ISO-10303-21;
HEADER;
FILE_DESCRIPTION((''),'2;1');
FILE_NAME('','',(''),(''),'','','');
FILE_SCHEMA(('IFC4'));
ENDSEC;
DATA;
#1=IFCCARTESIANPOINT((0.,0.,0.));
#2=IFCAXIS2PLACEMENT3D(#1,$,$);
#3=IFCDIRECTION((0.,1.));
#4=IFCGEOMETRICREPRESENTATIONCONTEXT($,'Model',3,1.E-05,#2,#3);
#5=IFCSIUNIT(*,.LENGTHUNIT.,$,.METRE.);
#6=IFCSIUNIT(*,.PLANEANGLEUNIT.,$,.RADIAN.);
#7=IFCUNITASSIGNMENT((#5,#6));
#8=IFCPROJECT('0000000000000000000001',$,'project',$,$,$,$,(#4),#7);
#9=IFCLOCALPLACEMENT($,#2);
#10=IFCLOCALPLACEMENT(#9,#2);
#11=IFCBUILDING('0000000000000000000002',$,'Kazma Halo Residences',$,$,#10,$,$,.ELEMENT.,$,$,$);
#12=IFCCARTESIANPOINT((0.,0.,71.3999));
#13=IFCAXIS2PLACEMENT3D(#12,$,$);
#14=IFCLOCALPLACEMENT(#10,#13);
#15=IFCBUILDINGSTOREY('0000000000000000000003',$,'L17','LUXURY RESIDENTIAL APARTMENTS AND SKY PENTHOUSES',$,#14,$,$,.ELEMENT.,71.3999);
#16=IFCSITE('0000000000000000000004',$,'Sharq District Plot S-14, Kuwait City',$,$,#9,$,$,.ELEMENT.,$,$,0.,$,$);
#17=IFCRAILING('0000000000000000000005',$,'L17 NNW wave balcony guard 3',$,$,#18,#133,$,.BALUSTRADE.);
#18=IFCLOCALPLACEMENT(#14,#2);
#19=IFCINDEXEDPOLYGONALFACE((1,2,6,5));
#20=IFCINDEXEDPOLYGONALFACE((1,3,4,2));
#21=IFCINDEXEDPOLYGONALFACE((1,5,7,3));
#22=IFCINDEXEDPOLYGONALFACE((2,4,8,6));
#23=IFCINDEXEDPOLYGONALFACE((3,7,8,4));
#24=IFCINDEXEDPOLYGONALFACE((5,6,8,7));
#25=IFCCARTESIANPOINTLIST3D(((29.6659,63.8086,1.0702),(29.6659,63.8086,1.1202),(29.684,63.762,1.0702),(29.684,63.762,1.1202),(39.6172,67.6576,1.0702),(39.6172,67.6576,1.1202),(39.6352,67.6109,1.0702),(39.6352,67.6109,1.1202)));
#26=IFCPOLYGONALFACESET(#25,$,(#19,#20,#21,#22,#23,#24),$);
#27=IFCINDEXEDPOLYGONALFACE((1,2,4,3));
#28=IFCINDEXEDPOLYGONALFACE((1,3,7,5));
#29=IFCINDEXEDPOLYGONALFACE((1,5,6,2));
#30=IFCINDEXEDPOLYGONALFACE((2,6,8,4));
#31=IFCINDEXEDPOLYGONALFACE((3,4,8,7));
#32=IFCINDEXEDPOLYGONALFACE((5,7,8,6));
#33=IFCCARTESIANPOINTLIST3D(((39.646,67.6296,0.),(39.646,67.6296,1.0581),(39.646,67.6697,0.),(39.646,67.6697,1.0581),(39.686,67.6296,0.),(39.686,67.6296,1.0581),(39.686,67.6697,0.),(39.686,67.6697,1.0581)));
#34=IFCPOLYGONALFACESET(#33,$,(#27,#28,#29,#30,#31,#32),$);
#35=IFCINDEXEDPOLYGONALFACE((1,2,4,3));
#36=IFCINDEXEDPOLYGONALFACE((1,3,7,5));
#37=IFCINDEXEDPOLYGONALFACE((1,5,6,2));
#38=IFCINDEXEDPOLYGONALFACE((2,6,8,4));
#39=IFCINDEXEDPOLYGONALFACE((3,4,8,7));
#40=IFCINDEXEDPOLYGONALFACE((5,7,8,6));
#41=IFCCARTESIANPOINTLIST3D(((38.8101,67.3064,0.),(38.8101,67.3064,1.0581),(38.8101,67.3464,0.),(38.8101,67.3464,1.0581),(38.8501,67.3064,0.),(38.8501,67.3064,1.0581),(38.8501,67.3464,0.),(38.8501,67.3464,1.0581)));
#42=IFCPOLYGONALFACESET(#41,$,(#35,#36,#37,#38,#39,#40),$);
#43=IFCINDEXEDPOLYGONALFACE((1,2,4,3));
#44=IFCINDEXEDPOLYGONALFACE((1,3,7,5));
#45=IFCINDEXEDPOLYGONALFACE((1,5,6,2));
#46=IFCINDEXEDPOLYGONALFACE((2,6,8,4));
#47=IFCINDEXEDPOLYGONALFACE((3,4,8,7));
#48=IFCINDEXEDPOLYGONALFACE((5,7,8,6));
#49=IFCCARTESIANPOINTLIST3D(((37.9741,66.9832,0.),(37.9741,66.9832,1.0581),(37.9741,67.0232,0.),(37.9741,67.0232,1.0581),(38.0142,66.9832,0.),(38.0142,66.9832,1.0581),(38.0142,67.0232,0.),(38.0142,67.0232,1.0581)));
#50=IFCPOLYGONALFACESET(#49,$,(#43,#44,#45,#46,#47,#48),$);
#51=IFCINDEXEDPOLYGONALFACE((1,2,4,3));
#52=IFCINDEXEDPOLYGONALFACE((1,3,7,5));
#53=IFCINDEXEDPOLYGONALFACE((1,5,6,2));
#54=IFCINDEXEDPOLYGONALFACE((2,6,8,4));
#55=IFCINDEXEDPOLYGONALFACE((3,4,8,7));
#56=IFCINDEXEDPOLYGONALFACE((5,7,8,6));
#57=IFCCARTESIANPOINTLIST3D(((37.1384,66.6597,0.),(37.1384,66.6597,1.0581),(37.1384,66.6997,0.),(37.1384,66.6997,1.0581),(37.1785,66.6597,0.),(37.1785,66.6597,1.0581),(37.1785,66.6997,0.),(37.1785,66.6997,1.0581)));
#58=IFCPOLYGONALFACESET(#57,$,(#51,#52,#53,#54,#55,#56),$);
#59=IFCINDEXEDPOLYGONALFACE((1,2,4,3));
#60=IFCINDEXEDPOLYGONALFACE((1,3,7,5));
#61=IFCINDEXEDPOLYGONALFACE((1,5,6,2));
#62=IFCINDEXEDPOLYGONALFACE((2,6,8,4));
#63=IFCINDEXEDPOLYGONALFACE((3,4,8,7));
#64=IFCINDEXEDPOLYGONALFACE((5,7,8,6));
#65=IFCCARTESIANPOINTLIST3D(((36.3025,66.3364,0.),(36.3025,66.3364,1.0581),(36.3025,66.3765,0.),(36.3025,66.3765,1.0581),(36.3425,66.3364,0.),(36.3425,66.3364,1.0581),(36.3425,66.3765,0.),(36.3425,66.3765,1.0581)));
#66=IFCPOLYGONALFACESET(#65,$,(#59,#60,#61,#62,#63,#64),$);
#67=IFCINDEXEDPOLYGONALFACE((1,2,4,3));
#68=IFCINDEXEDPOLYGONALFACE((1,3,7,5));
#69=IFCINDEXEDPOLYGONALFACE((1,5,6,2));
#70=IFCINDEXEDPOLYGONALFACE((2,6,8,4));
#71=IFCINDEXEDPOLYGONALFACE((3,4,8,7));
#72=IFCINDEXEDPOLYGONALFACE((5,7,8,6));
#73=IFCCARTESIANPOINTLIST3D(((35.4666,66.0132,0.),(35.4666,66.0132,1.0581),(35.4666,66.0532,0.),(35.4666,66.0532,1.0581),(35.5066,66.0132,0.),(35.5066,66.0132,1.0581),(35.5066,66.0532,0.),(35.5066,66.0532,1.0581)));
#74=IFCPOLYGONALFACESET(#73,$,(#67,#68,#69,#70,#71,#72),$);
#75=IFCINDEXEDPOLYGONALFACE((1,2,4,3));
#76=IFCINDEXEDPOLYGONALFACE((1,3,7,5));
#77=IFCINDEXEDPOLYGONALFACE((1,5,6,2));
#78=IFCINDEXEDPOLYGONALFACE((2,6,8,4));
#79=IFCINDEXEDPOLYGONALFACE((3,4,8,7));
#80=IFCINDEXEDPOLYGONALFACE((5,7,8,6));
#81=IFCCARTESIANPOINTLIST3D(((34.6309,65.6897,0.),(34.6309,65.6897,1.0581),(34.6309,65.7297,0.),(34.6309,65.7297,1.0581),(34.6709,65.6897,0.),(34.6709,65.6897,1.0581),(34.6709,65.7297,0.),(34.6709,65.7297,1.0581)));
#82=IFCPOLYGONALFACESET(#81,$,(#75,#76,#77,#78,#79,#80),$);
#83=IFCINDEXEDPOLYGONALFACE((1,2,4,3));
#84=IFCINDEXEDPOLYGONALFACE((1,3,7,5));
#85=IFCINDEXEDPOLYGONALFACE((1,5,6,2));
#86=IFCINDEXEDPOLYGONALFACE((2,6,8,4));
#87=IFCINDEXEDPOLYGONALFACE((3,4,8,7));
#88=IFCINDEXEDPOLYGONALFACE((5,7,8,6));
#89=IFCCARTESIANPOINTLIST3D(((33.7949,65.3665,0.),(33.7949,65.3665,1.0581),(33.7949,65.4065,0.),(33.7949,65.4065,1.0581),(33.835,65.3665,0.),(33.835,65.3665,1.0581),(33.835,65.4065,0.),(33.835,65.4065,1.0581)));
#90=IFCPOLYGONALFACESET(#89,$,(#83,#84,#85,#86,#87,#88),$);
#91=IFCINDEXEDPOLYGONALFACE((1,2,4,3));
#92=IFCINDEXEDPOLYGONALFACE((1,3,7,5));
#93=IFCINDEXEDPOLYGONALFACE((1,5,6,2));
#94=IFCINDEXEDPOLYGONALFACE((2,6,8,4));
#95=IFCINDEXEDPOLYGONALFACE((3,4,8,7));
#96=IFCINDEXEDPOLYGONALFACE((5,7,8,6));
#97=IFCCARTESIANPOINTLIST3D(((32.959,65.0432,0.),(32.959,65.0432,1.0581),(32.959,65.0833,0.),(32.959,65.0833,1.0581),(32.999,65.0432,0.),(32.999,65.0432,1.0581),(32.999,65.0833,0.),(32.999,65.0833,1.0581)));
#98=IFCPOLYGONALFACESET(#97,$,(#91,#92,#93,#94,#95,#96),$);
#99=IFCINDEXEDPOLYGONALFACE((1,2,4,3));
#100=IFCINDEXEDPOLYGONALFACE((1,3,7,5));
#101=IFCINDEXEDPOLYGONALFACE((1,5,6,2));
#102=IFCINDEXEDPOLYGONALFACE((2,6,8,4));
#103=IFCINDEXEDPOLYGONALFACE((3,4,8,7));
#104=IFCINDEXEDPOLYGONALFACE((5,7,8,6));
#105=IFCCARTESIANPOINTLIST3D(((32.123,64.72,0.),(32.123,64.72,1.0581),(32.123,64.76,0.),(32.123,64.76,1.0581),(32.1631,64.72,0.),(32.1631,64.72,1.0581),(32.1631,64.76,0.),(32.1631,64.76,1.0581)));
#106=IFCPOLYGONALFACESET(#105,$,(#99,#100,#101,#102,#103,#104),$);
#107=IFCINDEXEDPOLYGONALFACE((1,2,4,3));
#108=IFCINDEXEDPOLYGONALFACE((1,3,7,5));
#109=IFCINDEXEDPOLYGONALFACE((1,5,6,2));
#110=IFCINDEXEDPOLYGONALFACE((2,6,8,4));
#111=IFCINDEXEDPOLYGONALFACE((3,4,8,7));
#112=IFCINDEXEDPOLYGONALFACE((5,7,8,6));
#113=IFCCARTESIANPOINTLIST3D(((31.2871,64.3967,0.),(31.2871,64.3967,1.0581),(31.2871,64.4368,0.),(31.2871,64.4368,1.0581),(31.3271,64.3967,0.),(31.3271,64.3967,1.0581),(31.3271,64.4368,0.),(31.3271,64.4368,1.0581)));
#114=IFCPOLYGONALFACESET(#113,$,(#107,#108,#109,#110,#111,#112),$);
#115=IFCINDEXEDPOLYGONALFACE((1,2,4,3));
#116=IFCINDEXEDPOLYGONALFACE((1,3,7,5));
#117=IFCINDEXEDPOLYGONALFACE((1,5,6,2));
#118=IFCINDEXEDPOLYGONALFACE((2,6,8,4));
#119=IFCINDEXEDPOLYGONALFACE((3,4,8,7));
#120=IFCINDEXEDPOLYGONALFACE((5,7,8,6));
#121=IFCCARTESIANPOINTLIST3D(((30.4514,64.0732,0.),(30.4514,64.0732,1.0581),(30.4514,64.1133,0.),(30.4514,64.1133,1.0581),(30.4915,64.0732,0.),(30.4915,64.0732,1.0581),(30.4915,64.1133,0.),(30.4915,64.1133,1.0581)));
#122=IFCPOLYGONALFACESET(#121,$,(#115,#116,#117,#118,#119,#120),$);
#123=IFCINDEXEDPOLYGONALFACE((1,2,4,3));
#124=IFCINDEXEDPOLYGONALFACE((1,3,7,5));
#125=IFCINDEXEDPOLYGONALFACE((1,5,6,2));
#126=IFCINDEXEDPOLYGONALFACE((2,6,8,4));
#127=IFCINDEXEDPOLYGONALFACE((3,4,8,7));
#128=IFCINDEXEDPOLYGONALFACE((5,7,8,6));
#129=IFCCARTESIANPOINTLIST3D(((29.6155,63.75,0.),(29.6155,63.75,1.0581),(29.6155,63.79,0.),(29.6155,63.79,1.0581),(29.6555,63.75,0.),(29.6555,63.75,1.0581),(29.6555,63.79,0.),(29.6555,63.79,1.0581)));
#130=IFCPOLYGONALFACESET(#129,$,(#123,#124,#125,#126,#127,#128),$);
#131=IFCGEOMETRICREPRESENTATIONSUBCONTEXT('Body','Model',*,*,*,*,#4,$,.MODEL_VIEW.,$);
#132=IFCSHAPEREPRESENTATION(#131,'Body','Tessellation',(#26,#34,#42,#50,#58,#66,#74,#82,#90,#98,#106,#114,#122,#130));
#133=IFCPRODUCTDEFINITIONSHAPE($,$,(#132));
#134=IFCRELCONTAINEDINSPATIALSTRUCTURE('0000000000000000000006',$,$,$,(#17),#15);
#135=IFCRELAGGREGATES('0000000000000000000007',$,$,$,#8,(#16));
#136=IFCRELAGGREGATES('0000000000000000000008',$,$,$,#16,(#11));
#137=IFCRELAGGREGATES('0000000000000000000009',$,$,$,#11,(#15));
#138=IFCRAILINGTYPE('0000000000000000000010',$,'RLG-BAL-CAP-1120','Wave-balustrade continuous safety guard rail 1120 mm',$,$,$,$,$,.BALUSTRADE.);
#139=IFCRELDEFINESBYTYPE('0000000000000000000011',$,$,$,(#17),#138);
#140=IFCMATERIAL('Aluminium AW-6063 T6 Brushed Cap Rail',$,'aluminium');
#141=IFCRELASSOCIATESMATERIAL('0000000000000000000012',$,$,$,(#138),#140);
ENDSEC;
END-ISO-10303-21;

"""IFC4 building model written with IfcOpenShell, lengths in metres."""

from ifc_helpers import new_model, si_unit, direction, frame, origin, origin_2d, place, context, subcontext, project, spatial, rectangle, extrude, material, type_object, element, save


model = new_model("IFC4")

# Units and contexts
model_context = context("Model", 3, precision=1e-05, world=origin(), true_north=direction((0.0, 1.0)))
body_context = subcontext(model_context, "Body", "Model", "MODEL_VIEW")
ifc_project = project(units=[si_unit("LENGTHUNIT", "METRE"), si_unit("PLANEANGLEUNIT", "RADIAN")], contexts=[model_context])

# Site, building, storey
site_placement = place(None, origin())
site = spatial("IfcSite", under=ifc_project, at=site_placement, Name="Sharq District Plot S-14, Kuwait City", CompositionType="ELEMENT", RefElevation=0.0)
building_placement = place(site_placement, origin())
building = spatial("IfcBuilding", under=site, at=building_placement, Name="Kazma Halo Residences", CompositionType="ELEMENT")
storey_placement = place(building_placement, frame((0.0, 0.0, 71.3999)))
storey = spatial("IfcBuildingStorey", under=building, at=storey_placement, Name="L17", Description="LUXURY RESIDENTIAL APARTMENTS AND SKY PENTHOUSES", CompositionType="ELEMENT", Elevation=71.3999)

# Railing
ifc_material_1 = material(Name="Aluminium AW-6063 T6 Brushed Cap Rail", Category="aluminium")
railing_type = type_object("IfcRailingType", Name="RLG-BAL-CAP-1120", Description="Wave-balustrade continuous safety guard rail 1120 mm", PredefinedType="BALUSTRADE", material=ifc_material_1)
railing_placement = place(storey_placement, frame((39.666, 67.6497, 0.0)))
element("IfcRailing", 1, at=railing_placement, inside=storey, type_object=railing_type, Name="L17 NNW wave balcony guard 3", PredefinedType="BALUSTRADE", context=body_context, shape_type="SweptSolid", body=[
    extrude(rectangle(XDim=0.05, YDim=0.05, at=origin_2d()), frame((-0.0398, -0.0154, 1.0952), z_axis=(-0.932666, -0.36074, 0.0), x_axis=(0.36074, -0.932666, 0.0)), (0.0, 0.0, 1.0), 10.6697),
    extrude(rectangle(XDim=0.04, YDim=0.04, at=origin_2d()), origin(), (0.0, 0.0, 1.0), 1.0581),
    extrude(rectangle(XDim=0.04, YDim=0.04, at=origin_2d()), frame((-0.8359, -0.3232, 0.0)), (0.0, 0.0, 1.0), 1.0581),
    extrude(rectangle(XDim=0.04, YDim=0.04, at=origin_2d()), frame((-1.6719, -0.6465, 0.0)), (0.0, 0.0, 1.0), 1.0581),
    extrude(rectangle(XDim=0.04, YDim=0.04, at=origin_2d()), frame((-2.5076, -0.97, 0.0)), (0.0, 0.0, 1.0), 1.0581),
    extrude(rectangle(XDim=0.04, YDim=0.04, at=origin_2d()), frame((-3.3435, -1.2932, 0.0)), (0.0, 0.0, 1.0), 1.0581),
    extrude(rectangle(XDim=0.04, YDim=0.04, at=origin_2d()), frame((-4.1794, -1.6165, 0.0)), (0.0, 0.0, 1.0), 1.0581),
    extrude(rectangle(XDim=0.04, YDim=0.04, at=origin_2d()), frame((-5.0151, -1.9399, 0.0)), (0.0, 0.0, 1.0), 1.0581),
    extrude(rectangle(XDim=0.04, YDim=0.04, at=origin_2d()), frame((-5.8511, -2.2632, 0.0)), (0.0, 0.0, 1.0), 1.0581),
    extrude(rectangle(XDim=0.04, YDim=0.04, at=origin_2d()), frame((-6.687, -2.5864, 0.0)), (0.0, 0.0, 1.0), 1.0581),
    extrude(rectangle(XDim=0.04, YDim=0.04, at=origin_2d()), frame((-7.5229, -2.9097, 0.0)), (0.0, 0.0, 1.0), 1.0581),
    extrude(rectangle(XDim=0.04, YDim=0.04, at=origin_2d()), frame((-8.3589, -3.2329, 0.0)), (0.0, 0.0, 1.0), 1.0581),
    extrude(rectangle(XDim=0.04, YDim=0.04, at=origin_2d()), frame((-9.1946, -3.5564, 0.0)), (0.0, 0.0, 1.0), 1.0581),
    extrude(rectangle(XDim=0.04, YDim=0.04, at=origin_2d()), frame((-10.0305, -3.8796, 0.0)), (0.0, 0.0, 1.0), 1.0581),
])

save(model, "model.ifc")
